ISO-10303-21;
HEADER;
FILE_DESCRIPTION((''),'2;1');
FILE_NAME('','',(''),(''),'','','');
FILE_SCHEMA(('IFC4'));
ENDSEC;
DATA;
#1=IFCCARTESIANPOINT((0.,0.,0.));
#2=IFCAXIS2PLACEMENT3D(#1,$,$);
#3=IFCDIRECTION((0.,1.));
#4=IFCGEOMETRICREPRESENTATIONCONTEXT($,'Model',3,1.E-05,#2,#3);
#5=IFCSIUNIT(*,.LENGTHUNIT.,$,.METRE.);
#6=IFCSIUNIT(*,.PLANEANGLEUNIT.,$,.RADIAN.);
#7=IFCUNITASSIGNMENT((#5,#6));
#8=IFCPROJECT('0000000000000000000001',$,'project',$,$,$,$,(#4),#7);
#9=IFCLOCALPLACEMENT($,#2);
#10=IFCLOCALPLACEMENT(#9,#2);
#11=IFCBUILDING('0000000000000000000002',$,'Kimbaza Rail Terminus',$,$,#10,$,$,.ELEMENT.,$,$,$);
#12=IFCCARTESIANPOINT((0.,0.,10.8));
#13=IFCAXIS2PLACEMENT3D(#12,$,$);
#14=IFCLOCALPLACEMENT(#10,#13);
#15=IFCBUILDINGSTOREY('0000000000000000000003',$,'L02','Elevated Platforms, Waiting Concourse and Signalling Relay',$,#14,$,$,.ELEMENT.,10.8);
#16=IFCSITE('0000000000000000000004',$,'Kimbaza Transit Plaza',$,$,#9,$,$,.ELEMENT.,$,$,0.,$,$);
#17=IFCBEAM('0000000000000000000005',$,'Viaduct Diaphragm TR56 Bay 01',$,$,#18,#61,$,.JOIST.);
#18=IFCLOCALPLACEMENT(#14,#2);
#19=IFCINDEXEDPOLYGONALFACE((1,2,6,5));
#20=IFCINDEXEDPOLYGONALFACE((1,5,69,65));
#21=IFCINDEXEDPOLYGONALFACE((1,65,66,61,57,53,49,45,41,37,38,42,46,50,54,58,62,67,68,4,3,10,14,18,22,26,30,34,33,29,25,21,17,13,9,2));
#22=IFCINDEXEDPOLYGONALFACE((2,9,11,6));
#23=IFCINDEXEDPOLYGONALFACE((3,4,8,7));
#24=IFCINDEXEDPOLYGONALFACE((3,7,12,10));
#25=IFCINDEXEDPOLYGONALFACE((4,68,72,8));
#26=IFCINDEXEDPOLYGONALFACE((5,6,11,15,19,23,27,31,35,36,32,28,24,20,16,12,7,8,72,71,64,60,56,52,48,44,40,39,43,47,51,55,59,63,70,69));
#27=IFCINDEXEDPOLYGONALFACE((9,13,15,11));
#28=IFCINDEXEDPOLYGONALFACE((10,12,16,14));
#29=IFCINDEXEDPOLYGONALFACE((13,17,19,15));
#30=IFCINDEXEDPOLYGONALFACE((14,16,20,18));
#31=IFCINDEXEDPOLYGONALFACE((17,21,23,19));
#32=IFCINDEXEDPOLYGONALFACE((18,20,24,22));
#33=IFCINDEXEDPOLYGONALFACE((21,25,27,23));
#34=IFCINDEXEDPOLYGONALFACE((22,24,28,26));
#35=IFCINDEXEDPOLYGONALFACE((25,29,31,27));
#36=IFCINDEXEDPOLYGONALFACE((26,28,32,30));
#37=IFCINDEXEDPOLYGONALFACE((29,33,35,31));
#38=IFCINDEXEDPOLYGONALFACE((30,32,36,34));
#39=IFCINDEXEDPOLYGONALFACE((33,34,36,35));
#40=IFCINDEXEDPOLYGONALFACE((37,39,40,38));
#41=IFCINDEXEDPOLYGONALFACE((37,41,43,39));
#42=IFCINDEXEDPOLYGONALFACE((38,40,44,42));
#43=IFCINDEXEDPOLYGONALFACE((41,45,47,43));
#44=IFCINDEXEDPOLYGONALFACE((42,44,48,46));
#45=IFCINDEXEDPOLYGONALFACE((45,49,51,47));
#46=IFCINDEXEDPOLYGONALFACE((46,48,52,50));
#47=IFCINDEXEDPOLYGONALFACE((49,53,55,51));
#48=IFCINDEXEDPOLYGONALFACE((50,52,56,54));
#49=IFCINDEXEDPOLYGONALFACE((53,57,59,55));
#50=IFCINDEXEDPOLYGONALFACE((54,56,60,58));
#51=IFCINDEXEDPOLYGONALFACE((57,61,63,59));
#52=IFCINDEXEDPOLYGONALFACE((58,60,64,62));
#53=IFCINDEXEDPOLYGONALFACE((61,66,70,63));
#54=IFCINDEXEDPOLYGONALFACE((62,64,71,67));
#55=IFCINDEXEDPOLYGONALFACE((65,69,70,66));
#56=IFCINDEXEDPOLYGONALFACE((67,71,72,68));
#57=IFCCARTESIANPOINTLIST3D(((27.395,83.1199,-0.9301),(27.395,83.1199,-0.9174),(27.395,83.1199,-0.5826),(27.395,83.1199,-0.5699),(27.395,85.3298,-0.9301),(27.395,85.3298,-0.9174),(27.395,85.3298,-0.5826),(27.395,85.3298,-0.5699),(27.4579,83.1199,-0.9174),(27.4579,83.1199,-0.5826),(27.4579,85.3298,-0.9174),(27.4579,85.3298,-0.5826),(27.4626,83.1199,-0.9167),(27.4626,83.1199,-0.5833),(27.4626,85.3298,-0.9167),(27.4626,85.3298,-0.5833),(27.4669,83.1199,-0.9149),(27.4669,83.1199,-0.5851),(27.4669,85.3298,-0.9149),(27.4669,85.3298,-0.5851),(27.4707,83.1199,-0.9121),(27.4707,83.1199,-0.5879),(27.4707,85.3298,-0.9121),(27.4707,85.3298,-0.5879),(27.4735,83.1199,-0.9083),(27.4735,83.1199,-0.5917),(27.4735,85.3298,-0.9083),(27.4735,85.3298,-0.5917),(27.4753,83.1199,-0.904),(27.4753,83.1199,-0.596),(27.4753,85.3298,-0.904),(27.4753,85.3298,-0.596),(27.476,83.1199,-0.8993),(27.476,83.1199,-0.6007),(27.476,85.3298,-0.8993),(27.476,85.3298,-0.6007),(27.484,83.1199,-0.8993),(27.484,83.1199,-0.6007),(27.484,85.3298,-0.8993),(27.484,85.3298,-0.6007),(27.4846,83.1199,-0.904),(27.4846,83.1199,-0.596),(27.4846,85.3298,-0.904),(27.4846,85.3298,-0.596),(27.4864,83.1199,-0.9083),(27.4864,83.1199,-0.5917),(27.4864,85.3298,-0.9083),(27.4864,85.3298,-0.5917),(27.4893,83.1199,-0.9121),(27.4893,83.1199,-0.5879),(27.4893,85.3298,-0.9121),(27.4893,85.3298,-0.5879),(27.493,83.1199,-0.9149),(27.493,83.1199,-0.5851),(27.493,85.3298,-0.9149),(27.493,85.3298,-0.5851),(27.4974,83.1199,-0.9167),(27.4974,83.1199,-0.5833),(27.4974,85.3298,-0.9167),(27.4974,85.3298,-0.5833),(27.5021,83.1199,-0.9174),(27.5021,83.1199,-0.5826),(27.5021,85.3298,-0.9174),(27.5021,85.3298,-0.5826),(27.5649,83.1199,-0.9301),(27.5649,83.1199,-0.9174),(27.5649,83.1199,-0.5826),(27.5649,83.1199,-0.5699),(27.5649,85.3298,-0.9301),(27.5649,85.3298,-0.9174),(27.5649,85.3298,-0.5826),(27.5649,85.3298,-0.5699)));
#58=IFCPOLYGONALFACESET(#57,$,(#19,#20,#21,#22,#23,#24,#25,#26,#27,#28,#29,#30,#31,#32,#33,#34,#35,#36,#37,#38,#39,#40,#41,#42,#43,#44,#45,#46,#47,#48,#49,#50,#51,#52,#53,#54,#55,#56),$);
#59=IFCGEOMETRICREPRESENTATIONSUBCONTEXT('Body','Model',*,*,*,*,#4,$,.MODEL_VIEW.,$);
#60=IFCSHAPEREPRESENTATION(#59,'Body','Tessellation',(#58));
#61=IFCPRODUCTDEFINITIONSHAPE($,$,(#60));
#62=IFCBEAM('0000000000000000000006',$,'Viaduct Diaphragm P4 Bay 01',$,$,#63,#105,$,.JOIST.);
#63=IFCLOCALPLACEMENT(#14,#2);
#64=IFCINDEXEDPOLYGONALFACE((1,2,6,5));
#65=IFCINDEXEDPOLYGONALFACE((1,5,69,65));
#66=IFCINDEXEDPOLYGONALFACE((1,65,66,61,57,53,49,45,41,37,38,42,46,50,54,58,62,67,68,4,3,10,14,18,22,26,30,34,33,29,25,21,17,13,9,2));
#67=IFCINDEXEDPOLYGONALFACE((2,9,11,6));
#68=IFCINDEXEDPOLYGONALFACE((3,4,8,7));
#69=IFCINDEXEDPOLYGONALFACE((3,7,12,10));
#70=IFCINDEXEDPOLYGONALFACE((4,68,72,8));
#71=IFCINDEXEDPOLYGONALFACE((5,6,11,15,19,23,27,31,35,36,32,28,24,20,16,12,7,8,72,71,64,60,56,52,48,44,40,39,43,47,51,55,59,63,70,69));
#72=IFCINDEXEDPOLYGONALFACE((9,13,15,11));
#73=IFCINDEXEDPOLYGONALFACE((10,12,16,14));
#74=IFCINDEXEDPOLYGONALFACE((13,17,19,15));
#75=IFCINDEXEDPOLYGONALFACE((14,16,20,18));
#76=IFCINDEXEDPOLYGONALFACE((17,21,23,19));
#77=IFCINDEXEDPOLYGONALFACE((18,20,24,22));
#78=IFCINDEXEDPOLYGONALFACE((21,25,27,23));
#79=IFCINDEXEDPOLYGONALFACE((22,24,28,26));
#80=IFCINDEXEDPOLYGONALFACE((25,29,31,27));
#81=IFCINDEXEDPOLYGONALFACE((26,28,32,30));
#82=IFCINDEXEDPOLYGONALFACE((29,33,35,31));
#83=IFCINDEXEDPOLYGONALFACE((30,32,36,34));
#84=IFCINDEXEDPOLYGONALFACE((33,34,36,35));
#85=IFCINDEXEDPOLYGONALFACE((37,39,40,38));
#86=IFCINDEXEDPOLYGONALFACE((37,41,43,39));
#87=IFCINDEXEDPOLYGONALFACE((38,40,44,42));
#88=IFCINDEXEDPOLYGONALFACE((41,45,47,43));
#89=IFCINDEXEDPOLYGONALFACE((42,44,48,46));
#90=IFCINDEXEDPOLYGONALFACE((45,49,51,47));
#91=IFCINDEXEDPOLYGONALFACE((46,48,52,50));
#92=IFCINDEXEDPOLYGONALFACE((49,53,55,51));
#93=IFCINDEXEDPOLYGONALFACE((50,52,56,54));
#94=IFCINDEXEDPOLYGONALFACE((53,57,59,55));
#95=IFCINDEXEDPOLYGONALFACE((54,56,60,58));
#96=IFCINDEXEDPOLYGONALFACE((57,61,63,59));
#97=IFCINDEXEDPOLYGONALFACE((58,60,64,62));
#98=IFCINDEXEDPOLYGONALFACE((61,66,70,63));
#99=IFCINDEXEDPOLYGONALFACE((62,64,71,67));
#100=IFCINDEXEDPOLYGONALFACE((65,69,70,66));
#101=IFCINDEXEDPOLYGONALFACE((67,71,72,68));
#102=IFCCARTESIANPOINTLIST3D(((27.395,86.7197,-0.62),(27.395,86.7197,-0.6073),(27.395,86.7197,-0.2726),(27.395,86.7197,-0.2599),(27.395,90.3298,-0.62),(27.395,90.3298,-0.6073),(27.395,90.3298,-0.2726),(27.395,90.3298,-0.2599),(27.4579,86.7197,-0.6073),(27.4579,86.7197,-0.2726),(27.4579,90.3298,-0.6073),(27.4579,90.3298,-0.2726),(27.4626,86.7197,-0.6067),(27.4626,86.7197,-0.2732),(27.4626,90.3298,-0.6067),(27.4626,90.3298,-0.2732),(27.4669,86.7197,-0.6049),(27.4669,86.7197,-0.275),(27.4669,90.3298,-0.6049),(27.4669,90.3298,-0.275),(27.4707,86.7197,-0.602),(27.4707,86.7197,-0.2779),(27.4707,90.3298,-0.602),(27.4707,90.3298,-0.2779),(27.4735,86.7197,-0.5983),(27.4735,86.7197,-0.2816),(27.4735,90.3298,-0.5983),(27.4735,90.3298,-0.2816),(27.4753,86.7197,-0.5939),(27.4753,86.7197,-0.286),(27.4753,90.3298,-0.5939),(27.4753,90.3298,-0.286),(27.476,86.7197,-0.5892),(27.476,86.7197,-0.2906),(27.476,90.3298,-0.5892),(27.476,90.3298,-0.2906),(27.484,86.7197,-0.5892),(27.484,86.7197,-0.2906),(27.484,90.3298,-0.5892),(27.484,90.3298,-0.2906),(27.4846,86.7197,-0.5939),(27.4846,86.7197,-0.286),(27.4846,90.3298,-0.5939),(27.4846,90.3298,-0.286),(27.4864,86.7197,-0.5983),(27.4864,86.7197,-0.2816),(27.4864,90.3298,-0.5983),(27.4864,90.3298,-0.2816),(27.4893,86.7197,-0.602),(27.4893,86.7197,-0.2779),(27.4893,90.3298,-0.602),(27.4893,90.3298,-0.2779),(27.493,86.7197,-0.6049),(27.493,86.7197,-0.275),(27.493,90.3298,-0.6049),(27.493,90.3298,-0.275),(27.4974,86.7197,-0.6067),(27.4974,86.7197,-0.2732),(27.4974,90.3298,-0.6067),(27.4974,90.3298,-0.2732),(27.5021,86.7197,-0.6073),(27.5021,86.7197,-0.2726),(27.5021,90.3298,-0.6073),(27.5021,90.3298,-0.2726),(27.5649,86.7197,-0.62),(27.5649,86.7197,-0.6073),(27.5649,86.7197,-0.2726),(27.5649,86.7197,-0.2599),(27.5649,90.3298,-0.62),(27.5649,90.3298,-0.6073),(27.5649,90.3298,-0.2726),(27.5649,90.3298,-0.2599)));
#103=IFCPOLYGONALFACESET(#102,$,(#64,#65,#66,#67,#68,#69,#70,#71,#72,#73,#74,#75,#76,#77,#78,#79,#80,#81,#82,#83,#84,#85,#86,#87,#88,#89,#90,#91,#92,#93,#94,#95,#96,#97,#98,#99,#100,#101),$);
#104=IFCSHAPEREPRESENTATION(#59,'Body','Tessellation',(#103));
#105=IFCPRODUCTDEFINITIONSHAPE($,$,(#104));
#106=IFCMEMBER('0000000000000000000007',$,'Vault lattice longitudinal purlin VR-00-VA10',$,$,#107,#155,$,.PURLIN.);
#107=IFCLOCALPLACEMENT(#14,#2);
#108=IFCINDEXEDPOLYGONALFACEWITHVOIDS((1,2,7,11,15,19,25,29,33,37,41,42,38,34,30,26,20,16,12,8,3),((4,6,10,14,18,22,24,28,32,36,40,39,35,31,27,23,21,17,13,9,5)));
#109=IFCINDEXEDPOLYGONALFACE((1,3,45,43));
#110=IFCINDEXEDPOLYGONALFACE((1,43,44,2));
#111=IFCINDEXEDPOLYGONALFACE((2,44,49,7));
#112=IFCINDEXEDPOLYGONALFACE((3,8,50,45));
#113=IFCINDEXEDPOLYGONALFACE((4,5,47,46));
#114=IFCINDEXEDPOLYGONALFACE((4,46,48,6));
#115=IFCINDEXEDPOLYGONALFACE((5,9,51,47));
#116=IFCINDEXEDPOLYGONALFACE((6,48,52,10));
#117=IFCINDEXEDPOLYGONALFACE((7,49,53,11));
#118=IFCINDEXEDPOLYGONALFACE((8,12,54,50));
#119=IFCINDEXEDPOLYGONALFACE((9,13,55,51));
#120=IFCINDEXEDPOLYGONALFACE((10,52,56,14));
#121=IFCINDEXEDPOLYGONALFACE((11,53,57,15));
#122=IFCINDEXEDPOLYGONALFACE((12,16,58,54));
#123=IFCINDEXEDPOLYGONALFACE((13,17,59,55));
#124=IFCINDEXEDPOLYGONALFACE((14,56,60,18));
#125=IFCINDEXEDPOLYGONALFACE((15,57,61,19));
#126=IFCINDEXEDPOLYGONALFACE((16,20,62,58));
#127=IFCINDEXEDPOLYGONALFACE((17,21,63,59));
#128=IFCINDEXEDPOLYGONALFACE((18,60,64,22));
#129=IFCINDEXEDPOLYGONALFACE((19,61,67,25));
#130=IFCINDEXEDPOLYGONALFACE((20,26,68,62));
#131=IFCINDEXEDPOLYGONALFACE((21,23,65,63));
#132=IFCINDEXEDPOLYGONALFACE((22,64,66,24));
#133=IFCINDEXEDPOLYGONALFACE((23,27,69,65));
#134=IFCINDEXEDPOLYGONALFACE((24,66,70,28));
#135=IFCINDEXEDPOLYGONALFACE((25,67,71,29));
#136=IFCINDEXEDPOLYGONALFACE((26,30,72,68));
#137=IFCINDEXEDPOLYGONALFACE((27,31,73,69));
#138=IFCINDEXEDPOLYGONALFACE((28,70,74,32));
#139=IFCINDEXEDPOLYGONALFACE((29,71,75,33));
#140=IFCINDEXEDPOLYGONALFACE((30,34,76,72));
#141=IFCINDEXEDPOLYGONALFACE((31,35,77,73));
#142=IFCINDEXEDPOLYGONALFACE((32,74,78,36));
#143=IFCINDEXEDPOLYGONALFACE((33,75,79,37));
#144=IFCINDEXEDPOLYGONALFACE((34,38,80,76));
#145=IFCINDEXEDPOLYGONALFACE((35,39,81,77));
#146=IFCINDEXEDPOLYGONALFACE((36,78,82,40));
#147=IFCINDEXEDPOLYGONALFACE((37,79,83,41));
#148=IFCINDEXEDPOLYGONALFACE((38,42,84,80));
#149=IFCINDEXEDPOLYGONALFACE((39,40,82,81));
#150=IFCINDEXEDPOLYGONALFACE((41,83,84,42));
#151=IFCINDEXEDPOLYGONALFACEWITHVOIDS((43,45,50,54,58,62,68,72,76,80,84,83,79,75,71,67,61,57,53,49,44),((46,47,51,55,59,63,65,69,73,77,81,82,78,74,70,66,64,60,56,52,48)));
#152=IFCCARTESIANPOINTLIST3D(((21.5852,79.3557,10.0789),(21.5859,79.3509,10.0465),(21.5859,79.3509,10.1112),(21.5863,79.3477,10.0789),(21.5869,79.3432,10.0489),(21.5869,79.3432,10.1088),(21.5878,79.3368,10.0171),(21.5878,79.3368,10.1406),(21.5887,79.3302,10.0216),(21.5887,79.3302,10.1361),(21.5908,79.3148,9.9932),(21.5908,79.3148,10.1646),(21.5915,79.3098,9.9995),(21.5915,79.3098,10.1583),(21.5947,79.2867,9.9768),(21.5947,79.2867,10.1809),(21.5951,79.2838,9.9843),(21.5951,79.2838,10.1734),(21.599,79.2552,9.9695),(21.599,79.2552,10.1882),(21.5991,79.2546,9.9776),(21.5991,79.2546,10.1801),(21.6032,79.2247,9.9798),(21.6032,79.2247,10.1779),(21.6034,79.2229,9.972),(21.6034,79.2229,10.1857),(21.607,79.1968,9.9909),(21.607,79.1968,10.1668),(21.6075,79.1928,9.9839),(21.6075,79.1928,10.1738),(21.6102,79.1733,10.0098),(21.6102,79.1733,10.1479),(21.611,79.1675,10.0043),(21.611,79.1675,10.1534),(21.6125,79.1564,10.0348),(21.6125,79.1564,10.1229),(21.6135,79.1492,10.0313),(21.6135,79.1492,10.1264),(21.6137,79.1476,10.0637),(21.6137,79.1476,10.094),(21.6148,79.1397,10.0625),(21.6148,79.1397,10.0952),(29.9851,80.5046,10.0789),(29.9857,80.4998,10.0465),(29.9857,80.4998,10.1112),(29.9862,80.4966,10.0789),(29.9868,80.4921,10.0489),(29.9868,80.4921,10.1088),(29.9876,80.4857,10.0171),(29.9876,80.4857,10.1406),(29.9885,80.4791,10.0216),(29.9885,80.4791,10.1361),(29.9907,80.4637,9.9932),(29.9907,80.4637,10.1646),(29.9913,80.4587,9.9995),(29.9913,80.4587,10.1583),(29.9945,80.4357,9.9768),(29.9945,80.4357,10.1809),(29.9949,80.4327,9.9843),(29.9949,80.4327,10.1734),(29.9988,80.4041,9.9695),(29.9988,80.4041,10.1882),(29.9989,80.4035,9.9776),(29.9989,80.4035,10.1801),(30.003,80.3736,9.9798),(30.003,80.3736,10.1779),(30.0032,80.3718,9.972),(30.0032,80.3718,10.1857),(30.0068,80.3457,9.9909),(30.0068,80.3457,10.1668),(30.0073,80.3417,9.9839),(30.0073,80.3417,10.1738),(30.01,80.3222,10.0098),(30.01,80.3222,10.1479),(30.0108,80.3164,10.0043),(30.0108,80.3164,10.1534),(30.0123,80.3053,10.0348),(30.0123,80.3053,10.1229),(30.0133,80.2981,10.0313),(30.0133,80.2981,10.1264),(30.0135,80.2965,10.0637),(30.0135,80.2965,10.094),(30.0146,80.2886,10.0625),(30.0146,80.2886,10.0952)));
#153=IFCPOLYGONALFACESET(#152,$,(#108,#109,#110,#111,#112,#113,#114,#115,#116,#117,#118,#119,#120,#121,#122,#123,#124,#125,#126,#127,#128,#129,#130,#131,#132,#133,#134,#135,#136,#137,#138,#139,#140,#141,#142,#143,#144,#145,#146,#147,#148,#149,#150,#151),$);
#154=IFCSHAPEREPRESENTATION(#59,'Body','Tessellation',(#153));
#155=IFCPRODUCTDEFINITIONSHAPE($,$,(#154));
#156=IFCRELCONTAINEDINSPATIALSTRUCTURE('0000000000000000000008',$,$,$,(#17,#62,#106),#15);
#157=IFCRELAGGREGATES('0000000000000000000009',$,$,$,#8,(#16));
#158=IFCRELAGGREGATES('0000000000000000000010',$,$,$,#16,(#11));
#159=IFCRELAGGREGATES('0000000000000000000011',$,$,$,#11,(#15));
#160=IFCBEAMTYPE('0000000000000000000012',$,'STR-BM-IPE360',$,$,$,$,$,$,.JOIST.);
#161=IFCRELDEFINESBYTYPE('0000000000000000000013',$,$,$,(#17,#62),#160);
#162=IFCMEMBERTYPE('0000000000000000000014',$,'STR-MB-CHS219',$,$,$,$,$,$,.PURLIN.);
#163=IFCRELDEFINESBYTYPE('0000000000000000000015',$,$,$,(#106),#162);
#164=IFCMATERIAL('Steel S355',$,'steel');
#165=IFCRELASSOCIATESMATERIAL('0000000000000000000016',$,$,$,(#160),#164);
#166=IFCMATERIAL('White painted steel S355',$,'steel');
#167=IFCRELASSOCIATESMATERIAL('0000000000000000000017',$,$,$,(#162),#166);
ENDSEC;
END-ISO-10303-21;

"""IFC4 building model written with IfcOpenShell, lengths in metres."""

from ifc_helpers import new_model, si_unit, direction, frame, origin, origin_2d, place, context, subcontext, project, spatial, hollow_circle, i_section, extrude, material, material_profile, profile_set, type_object, element, save


model = new_model("IFC4")

# Units and contexts
model_context = context("Model", 3, precision=1e-05, world=origin(), true_north=direction((0.0, 1.0)))
body_context = subcontext(model_context, "Body", "Model", "MODEL_VIEW")
ifc_project = project(units=[si_unit("LENGTHUNIT", "METRE"), si_unit("PLANEANGLEUNIT", "RADIAN")], contexts=[model_context])

# Site, building, storey
site_placement = place(None, origin())
site = spatial("IfcSite", under=ifc_project, at=site_placement, Name="Kimbaza Transit Plaza", CompositionType="ELEMENT", RefElevation=0.0)
building_placement = place(site_placement, origin())
building = spatial("IfcBuilding", under=site, at=building_placement, Name="Kimbaza Rail Terminus", CompositionType="ELEMENT")
storey_placement = place(building_placement, frame((0.0, 0.0, 10.8)))
storey = spatial("IfcBuildingStorey", under=building, at=storey_placement, Name="L02", Description="Elevated Platforms, Waiting Concourse and Signalling Relay", CompositionType="ELEMENT", Elevation=10.8)

# Beams
ifc_material_1 = material(Name="Steel S355", Category="steel")
ifc_material_profile_1 = material_profile(ifc_material_1, i_section(OverallWidth=0.1699, OverallDepth=0.3601, WebThickness=0.0081, FlangeThickness=0.0127, FilletRadius=0.0181, at=origin_2d()), Name="IPE 360")
ifc_profile_set_1 = profile_set([ifc_material_profile_1], Name="Steel S355")
beam_type_1 = type_object("IfcBeamType", Name="STR-BM-IPE360", PredefinedType="JOIST", material=ifc_profile_set_1)
beam_1_placement = place(storey_placement, frame((27.48, 83.1199, -0.75), z_axis=(0.0, 1.0, 0.0), x_axis=(-1.0, 0.0, 0.0)))
element("IfcBeam", 1, at=beam_1_placement, inside=storey, type_object=beam_type_1, Name="Viaduct Diaphragm TR56 Bay 01", PredefinedType="JOIST", context=body_context, shape_type="SweptSolid", body=[
    extrude(i_section(OverallWidth=0.1699, OverallDepth=0.3601, WebThickness=0.0081, FlangeThickness=0.0127, FilletRadius=0.0181, at=origin_2d()), origin(), (0.0, 0.0, 1.0), 2.21),
])
beam_2_placement = place(storey_placement, frame((27.48, 86.7197, -0.4399), z_axis=(0.0, 1.0, 0.0), x_axis=(-1.0, 0.0, 0.0)))
element("IfcBeam", 2, at=beam_2_placement, inside=storey, type_object=beam_type_1, Name="Viaduct Diaphragm P4 Bay 01", PredefinedType="JOIST", context=body_context, shape_type="SweptSolid", body=[
    extrude(i_section(OverallWidth=0.1699, OverallDepth=0.3601, WebThickness=0.0081, FlangeThickness=0.0127, FilletRadius=0.0181, at=origin_2d()), origin(), (0.0, 0.0, 1.0), 3.6101),
])

# Member
ifc_material_2 = material(Name="White painted steel S355", Category="steel")
ifc_material_profile_2 = material_profile(ifc_material_2, hollow_circle(Radius=0.1096, WallThickness=0.0081, at=origin_2d()), Name="CHS 219.1x8")
ifc_profile_set_2 = profile_set([ifc_material_profile_2], Name="White painted steel S355")
member_type_1 = type_object("IfcMemberType", Name="STR-MB-CHS219", PredefinedType="PURLIN", material=ifc_profile_set_2)
for number, where, z_axis, x_axis, name in (
    (3, (21.6001, 79.2471, 10.0789), (0.990775, 0.135517, 0.0), (-0.135517, 0.990775, 0.0), "Vault lattice longitudinal purlin VR-00-VA10"),
):
    element("IfcMember", number, at=place(storey_placement, frame(where, z_axis=z_axis, x_axis=x_axis)), inside=storey, type_object=member_type_1, Name=name, PredefinedType="PURLIN", context=body_context, shape_type="SweptSolid", body=[
        extrude(hollow_circle(Radius=0.1096, WallThickness=0.0081, at=origin_2d()), origin(), (0.0, 0.0, 1.0), 8.478),
    ])

save(model, "model.ifc")
